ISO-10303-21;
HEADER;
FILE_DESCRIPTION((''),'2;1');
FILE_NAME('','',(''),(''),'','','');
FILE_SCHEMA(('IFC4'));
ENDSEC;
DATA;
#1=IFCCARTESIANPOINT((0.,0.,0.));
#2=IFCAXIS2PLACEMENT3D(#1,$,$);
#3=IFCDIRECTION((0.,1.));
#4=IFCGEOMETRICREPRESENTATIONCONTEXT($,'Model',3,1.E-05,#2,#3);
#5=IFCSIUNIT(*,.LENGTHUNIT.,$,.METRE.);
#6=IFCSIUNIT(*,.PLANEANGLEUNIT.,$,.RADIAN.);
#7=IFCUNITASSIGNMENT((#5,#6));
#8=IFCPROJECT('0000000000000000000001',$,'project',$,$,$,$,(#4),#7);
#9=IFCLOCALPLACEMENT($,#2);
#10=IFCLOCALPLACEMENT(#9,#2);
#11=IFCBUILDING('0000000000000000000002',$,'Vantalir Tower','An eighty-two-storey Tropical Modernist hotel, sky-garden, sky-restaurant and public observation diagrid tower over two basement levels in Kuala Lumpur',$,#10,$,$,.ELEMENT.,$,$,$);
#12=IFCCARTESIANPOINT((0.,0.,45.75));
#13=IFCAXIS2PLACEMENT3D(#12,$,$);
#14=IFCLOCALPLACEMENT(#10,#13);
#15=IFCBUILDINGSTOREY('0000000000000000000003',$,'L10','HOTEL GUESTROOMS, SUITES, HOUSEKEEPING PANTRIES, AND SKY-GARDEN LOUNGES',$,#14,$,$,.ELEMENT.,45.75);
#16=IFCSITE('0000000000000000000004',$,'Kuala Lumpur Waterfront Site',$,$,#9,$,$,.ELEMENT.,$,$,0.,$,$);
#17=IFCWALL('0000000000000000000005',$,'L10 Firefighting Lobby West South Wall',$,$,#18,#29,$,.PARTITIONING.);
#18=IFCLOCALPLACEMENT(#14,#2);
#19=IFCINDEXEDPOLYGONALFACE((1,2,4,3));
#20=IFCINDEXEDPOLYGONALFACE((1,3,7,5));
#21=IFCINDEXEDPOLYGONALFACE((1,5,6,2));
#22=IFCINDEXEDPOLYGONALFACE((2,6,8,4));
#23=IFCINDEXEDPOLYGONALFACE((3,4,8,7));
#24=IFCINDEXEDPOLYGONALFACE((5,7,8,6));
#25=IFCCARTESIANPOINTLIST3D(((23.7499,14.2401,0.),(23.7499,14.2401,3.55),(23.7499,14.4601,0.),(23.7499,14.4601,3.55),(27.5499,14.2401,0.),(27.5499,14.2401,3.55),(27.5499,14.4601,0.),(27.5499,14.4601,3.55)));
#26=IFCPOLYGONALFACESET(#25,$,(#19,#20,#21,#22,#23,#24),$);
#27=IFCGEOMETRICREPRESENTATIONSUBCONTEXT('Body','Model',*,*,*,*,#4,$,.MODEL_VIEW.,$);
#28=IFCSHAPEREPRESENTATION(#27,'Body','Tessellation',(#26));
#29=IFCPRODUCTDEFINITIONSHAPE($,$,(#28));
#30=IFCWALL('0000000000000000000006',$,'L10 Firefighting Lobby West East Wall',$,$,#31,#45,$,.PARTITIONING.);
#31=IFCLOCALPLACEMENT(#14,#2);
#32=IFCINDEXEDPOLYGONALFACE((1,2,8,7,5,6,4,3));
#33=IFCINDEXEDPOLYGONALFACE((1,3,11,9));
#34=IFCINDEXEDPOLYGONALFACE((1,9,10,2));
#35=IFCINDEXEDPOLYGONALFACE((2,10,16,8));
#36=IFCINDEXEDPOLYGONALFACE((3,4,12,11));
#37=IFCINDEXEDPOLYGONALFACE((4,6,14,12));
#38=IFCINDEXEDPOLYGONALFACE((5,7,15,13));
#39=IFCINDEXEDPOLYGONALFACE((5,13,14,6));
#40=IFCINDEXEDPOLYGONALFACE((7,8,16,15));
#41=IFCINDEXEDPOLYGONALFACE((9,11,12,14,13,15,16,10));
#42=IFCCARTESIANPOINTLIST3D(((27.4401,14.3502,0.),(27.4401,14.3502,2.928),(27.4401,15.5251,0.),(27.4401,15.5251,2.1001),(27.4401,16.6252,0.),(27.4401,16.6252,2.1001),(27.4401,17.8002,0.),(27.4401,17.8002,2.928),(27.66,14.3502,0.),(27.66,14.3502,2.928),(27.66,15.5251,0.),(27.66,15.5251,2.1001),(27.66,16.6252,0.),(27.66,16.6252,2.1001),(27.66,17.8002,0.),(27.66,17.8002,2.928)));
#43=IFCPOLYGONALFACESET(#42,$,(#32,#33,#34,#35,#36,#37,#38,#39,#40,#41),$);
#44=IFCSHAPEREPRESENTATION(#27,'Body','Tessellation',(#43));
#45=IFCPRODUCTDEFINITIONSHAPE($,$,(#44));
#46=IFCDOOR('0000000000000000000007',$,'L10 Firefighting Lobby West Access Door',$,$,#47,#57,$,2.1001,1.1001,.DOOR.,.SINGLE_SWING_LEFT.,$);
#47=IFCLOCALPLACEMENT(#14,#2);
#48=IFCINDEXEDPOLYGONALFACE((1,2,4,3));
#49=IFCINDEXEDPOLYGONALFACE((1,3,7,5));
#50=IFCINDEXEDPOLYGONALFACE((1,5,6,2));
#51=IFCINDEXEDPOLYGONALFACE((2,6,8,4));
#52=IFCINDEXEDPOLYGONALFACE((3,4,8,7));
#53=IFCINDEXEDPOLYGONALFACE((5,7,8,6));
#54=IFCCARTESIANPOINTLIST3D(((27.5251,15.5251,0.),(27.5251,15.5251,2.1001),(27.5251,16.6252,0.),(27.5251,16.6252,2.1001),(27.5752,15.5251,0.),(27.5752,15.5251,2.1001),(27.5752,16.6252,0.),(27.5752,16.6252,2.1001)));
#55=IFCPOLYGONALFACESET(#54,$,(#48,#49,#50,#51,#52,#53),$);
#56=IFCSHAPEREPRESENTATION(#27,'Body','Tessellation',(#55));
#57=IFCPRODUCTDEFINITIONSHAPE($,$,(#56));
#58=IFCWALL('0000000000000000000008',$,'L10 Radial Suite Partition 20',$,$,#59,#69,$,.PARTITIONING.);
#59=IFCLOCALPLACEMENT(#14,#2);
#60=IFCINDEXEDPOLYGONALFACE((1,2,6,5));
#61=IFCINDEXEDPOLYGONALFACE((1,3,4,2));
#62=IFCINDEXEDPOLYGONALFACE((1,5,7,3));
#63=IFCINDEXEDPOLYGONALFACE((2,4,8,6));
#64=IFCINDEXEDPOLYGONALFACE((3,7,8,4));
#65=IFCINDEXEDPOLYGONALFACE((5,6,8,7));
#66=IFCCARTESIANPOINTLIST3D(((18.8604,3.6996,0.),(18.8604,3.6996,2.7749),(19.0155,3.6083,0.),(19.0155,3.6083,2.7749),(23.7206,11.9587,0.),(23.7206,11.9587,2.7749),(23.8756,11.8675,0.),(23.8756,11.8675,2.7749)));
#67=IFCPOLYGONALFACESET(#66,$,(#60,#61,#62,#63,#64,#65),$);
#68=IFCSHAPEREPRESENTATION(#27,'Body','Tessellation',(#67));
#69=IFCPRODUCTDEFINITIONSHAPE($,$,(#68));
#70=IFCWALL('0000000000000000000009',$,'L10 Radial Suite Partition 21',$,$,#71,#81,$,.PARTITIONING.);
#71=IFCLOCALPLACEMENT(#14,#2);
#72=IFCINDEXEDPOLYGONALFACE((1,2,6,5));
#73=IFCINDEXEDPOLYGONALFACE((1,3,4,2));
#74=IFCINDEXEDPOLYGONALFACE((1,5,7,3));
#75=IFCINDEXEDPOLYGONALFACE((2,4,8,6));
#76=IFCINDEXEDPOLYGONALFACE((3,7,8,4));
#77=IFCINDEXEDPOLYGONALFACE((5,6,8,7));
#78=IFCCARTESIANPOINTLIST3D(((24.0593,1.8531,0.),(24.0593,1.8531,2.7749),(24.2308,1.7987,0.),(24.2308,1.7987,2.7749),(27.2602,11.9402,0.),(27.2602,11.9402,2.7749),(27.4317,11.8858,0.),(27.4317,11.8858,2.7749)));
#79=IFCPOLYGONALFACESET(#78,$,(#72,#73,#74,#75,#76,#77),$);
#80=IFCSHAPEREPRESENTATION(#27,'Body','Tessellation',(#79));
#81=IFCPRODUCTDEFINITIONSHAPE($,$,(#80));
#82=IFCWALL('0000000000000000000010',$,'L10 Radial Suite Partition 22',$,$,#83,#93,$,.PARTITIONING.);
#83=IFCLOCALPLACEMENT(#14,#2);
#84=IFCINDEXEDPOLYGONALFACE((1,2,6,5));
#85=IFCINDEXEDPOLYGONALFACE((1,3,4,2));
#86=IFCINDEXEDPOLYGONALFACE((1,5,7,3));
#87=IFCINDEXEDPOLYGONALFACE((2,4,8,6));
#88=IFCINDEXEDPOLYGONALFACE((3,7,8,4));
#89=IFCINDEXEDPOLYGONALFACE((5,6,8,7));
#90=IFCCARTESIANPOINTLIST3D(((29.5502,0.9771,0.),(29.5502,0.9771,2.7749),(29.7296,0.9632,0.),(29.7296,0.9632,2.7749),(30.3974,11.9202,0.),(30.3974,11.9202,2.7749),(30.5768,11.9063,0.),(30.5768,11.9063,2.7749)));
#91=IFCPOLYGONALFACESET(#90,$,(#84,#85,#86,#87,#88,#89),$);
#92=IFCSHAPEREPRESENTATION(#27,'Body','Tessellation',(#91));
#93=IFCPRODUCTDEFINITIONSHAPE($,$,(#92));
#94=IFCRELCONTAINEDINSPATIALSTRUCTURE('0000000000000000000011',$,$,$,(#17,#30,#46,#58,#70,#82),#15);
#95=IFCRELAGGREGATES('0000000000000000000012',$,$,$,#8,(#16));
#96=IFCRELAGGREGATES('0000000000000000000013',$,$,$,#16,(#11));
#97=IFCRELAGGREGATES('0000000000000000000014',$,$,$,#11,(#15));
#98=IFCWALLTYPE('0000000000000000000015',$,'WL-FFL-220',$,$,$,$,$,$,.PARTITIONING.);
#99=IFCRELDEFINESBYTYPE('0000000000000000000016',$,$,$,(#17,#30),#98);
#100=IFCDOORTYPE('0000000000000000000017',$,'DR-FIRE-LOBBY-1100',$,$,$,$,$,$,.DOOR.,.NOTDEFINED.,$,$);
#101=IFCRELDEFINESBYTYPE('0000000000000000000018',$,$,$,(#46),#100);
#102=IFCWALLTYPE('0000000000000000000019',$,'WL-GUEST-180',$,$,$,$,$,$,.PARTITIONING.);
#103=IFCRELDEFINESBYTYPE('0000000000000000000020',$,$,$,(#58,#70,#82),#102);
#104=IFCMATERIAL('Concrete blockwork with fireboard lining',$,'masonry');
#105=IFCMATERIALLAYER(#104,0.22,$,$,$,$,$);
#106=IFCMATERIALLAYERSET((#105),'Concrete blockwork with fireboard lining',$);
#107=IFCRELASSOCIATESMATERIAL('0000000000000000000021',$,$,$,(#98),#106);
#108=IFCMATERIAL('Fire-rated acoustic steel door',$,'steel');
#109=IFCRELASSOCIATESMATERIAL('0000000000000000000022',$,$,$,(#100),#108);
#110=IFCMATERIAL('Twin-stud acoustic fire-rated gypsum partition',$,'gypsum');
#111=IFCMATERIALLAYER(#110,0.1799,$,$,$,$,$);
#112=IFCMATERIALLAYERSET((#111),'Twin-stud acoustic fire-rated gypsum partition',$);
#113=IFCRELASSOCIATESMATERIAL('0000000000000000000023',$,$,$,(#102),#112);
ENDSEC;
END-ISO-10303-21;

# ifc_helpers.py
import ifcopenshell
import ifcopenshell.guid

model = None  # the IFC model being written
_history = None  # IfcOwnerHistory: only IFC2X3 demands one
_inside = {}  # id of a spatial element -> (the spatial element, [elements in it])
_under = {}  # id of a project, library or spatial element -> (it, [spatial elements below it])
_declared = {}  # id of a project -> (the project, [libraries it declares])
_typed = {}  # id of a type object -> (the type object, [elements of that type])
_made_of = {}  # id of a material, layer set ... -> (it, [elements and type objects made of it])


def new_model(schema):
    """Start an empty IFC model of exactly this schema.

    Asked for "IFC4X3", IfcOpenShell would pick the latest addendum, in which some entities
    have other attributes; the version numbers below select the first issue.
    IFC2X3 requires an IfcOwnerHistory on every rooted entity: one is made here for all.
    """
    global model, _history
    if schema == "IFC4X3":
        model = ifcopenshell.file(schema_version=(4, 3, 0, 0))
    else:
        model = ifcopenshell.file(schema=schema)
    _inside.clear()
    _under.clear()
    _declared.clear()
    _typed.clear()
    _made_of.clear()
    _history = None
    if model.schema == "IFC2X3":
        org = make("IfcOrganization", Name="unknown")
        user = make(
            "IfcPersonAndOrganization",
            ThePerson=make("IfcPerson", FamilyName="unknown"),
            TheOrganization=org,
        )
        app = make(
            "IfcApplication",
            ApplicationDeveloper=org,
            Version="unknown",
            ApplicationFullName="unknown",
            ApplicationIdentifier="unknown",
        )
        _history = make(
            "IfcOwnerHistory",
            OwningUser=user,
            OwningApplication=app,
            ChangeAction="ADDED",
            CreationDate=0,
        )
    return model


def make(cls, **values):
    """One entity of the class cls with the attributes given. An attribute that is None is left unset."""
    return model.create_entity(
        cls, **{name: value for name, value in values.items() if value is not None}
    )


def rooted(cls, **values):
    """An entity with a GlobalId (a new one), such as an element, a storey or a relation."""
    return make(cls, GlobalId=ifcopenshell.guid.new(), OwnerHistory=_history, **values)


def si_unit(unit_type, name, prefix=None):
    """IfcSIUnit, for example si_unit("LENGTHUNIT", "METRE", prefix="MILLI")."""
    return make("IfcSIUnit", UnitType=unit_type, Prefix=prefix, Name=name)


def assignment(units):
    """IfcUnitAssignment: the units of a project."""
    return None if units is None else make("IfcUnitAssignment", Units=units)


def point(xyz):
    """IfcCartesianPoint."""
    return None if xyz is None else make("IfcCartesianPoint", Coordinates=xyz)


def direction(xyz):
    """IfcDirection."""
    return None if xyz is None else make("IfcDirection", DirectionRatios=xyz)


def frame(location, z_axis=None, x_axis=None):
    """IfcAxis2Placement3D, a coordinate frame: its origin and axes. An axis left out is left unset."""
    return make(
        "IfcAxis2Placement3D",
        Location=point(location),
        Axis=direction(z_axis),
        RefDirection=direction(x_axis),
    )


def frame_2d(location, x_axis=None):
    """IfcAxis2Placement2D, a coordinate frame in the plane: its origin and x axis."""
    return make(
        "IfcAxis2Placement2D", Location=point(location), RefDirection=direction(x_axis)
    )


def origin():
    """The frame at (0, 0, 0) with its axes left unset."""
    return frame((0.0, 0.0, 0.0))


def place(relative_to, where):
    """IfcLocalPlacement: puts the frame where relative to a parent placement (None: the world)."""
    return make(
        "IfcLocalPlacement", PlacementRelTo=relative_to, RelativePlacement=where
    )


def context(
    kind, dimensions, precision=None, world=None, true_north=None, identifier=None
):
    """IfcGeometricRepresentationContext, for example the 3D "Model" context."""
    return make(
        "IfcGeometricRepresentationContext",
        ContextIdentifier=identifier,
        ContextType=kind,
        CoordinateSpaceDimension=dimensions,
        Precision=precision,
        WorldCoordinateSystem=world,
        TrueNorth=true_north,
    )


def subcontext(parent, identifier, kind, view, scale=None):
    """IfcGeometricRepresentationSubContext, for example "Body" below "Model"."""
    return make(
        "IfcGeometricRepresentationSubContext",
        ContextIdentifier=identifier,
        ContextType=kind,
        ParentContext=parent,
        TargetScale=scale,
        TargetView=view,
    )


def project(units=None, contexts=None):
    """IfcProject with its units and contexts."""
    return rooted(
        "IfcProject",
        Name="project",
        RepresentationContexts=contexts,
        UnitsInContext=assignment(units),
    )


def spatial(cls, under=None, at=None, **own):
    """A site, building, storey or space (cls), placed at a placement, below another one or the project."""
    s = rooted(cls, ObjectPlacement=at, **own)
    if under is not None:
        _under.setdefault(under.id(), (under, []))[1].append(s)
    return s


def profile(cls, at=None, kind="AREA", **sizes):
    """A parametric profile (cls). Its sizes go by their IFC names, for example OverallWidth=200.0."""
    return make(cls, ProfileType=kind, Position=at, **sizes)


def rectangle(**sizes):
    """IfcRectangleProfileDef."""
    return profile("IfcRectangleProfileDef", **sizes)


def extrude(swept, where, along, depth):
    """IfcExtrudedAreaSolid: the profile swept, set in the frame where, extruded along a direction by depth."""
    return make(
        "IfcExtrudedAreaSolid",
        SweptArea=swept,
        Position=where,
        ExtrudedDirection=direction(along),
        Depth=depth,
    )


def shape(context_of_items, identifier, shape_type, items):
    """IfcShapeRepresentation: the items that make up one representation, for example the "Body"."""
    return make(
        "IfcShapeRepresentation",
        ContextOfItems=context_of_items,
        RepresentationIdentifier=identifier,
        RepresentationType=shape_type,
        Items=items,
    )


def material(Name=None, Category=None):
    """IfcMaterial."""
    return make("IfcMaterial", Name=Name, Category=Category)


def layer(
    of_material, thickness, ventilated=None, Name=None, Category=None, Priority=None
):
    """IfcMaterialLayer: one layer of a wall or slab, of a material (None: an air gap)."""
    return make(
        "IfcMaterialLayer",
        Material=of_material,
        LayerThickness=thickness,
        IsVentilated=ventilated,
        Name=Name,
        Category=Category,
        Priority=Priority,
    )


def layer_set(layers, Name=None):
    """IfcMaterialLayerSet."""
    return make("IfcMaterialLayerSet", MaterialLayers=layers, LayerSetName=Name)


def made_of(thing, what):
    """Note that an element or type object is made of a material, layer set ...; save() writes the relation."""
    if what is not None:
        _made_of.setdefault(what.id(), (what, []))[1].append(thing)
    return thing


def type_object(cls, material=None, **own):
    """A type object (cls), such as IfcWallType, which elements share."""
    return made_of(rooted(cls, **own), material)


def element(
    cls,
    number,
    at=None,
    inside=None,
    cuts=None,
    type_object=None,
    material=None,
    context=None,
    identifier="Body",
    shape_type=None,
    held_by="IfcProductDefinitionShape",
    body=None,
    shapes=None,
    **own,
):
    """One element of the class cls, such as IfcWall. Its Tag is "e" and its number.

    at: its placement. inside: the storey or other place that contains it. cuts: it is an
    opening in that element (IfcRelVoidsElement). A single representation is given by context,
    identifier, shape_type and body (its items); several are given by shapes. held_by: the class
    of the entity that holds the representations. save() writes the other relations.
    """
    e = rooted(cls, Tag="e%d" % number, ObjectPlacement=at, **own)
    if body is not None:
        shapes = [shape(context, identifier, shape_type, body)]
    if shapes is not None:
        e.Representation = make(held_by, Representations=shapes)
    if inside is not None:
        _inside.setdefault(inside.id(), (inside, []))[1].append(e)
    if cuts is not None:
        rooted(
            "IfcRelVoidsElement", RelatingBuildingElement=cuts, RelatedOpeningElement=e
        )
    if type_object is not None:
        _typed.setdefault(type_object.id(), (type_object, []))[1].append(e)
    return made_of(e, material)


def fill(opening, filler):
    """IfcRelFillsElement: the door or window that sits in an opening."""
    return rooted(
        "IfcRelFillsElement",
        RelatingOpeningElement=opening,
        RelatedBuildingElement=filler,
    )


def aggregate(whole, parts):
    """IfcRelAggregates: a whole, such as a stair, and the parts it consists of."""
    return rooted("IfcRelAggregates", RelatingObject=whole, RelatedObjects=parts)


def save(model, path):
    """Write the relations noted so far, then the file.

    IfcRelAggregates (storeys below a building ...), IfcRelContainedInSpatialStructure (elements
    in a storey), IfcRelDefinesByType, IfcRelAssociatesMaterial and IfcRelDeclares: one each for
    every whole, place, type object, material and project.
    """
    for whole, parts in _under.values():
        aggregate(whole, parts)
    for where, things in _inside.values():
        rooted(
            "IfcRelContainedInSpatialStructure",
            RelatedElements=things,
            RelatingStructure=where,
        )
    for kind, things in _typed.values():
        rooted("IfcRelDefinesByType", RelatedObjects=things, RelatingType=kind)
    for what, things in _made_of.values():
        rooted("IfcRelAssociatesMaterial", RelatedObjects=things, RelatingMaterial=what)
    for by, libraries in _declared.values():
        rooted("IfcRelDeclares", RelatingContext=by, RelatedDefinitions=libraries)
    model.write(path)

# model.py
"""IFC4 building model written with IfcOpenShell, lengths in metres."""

from ifc_helpers import new_model, si_unit, direction, frame, frame_2d, origin, place, context, subcontext, project, spatial, rectangle, extrude, material, layer, layer_set, type_object, element, fill, save


model = new_model("IFC4")

# Units and contexts
model_context = context("Model", 3, precision=1e-05, world=origin(), true_north=direction((0.0, 1.0)))
body_context = subcontext(model_context, "Body", "Model", "MODEL_VIEW")
ifc_project = project(units=[si_unit("LENGTHUNIT", "METRE"), si_unit("PLANEANGLEUNIT", "RADIAN")], contexts=[model_context])

# Site, building, storey
site_placement = place(None, origin())
site = spatial("IfcSite", under=ifc_project, at=site_placement, Name="Kuala Lumpur Waterfront Site", CompositionType="ELEMENT", RefElevation=0.0)
building_placement = place(site_placement, origin())
building = spatial("IfcBuilding", under=site, at=building_placement, Name="Vantalir Tower", Description="An eighty-two-storey Tropical Modernist hotel, sky-garden, sky-restaurant and public observation diagrid tower over two basement levels in Kuala Lumpur", CompositionType="ELEMENT")
storey_placement = place(building_placement, frame((0.0, 0.0, 45.75)))
storey = spatial("IfcBuildingStorey", under=building, at=storey_placement, Name="L10", Description="HOTEL GUESTROOMS, SUITES, HOUSEKEEPING PANTRIES, AND SKY-GARDEN LOUNGES", CompositionType="ELEMENT", Elevation=45.75)

# Wall
ifc_material_1 = material(Name="Concrete blockwork with fireboard lining", Category="masonry")
ifc_layer_1 = layer(ifc_material_1, 0.22)
ifc_layer_set_1 = layer_set([ifc_layer_1], Name="Concrete blockwork with fireboard lining")
wall_type_1 = type_object("IfcWallType", Name="WL-FFL-220", PredefinedType="PARTITIONING", material=ifc_layer_set_1)
wall_1_placement = place(storey_placement, frame((23.75, 14.3501, 0.0), z_axis=(0.0, 0.0, 1.0), x_axis=(1.0, 0.0, 0.0)))
element("IfcWall", 1, at=wall_1_placement, inside=storey, type_object=wall_type_1, Name="L10 Firefighting Lobby West South Wall", PredefinedType="PARTITIONING", context=body_context, shape_type="SweptSolid", body=[
    extrude(rectangle(XDim=3.8, YDim=0.22, at=frame_2d((1.8999, 0.0))), origin(), (0.0, 0.0, 1.0), 3.55),
])

# Wall, opening, door
wall_2_placement = place(storey_placement, frame((27.55, 14.3501, 0.0), z_axis=(0.0, 0.0, 1.0), x_axis=(0.0, 1.0, 0.0)))
wall_2 = element("IfcWall", 2, at=wall_2_placement, inside=storey, type_object=wall_type_1, Name="L10 Firefighting Lobby West East Wall", PredefinedType="PARTITIONING", context=body_context, shape_type="SweptSolid", body=[
    extrude(rectangle(XDim=3.45, YDim=0.22, at=frame_2d((1.7251, 0.0))), origin(), (0.0, 0.0, 1.0), 2.928),
])
opening_1_placement = place(wall_2_placement, frame((1.175, 0.0, 0.0)))
opening_1 = element("IfcOpeningElement", 3, at=opening_1_placement, cuts=wall_2, PredefinedType="OPENING", context=body_context, shape_type="SweptSolid", body=[
    extrude(rectangle(XDim=1.1001, YDim=2.1001, at=frame_2d((0.55, 1.05))), frame((0.0, 0.1199, 0.0), z_axis=(0.0, -1.0, 0.0), x_axis=(1.0, 0.0, 0.0)), (0.0, 0.0, 1.0), 0.24),
])
ifc_material_2 = material(Name="Fire-rated acoustic steel door", Category="steel")
door_type_1 = type_object("IfcDoorType", Name="DR-FIRE-LOBBY-1100", OperationType="NOTDEFINED", PredefinedType="DOOR", material=ifc_material_2)
door_1_placement = place(opening_1_placement, origin())
door_1 = element("IfcDoor", 4, at=door_1_placement, inside=storey, type_object=door_type_1, Name="L10 Firefighting Lobby West Access Door", OperationType="SINGLE_SWING_LEFT", OverallHeight=2.1001, OverallWidth=1.1001, PredefinedType="DOOR", context=body_context, shape_type="SweptSolid", body=[
    extrude(rectangle(XDim=1.1001, YDim=2.1001, at=frame_2d((0.55, 1.05))), frame((0.0, 0.0249, 0.0), z_axis=(0.0, -1.0, 0.0), x_axis=(1.0, 0.0, 0.0)), (0.0, 0.0, 1.0), 0.05),
])
fill(opening_1, door_1)

# Walls
ifc_material_3 = material(Name="Twin-stud acoustic fire-rated gypsum partition", Category="gypsum")
ifc_layer_2 = layer(ifc_material_3, 0.1799)
ifc_layer_set_2 = layer_set([ifc_layer_2], Name="Twin-stud acoustic fire-rated gypsum partition")
wall_type_2 = type_object("IfcWallType", Name="WL-GUEST-180", PredefinedType="PARTITIONING", material=ifc_layer_set_2)
wall_3_placement = place(storey_placement, frame((23.7981, 11.9131, 0.0), z_axis=(0.0, 0.0, 1.0), x_axis=(-0.507164, -0.86185, 0.0)))
element("IfcWall", 5, at=wall_3_placement, inside=storey, type_object=wall_type_2, Name="L10 Radial Suite Partition 20", PredefinedType="PARTITIONING", context=body_context, shape_type="SweptSolid", body=[
    extrude(rectangle(XDim=9.583, YDim=0.1799, at=frame_2d((4.7915, 0.0))), origin(), (0.0, 0.0, 1.0), 2.7749),
])
wall_4_placement = place(storey_placement, frame((27.3459, 11.9131, 0.0), z_axis=(0.0, 0.0, 1.0), x_axis=(-0.302464, -0.953161, 0.0)))
element("IfcWall", 6, at=wall_4_placement, inside=storey, type_object=wall_type_2, Name="L10 Radial Suite Partition 21", PredefinedType="PARTITIONING", context=body_context, shape_type="SweptSolid", body=[
    extrude(rectangle(XDim=10.5828, YDim=0.1799, at=frame_2d((5.2915, 0.0))), origin(), (0.0, 0.0, 1.0), 2.7749),
])
wall_5_placement = place(storey_placement, frame((30.4871, 11.9131, 0.0), z_axis=(0.0, 0.0, 1.0), x_axis=(-0.077185, -0.997017, 0.0)))
element("IfcWall", 7, at=wall_5_placement, inside=storey, type_object=wall_type_2, Name="L10 Radial Suite Partition 22", PredefinedType="PARTITIONING", context=body_context, shape_type="SweptSolid", body=[
    extrude(rectangle(XDim=10.9758, YDim=0.1799, at=frame_2d((5.4878, 0.0))), origin(), (0.0, 0.0, 1.0), 2.7749),
])

save(model, "model.ifc")
